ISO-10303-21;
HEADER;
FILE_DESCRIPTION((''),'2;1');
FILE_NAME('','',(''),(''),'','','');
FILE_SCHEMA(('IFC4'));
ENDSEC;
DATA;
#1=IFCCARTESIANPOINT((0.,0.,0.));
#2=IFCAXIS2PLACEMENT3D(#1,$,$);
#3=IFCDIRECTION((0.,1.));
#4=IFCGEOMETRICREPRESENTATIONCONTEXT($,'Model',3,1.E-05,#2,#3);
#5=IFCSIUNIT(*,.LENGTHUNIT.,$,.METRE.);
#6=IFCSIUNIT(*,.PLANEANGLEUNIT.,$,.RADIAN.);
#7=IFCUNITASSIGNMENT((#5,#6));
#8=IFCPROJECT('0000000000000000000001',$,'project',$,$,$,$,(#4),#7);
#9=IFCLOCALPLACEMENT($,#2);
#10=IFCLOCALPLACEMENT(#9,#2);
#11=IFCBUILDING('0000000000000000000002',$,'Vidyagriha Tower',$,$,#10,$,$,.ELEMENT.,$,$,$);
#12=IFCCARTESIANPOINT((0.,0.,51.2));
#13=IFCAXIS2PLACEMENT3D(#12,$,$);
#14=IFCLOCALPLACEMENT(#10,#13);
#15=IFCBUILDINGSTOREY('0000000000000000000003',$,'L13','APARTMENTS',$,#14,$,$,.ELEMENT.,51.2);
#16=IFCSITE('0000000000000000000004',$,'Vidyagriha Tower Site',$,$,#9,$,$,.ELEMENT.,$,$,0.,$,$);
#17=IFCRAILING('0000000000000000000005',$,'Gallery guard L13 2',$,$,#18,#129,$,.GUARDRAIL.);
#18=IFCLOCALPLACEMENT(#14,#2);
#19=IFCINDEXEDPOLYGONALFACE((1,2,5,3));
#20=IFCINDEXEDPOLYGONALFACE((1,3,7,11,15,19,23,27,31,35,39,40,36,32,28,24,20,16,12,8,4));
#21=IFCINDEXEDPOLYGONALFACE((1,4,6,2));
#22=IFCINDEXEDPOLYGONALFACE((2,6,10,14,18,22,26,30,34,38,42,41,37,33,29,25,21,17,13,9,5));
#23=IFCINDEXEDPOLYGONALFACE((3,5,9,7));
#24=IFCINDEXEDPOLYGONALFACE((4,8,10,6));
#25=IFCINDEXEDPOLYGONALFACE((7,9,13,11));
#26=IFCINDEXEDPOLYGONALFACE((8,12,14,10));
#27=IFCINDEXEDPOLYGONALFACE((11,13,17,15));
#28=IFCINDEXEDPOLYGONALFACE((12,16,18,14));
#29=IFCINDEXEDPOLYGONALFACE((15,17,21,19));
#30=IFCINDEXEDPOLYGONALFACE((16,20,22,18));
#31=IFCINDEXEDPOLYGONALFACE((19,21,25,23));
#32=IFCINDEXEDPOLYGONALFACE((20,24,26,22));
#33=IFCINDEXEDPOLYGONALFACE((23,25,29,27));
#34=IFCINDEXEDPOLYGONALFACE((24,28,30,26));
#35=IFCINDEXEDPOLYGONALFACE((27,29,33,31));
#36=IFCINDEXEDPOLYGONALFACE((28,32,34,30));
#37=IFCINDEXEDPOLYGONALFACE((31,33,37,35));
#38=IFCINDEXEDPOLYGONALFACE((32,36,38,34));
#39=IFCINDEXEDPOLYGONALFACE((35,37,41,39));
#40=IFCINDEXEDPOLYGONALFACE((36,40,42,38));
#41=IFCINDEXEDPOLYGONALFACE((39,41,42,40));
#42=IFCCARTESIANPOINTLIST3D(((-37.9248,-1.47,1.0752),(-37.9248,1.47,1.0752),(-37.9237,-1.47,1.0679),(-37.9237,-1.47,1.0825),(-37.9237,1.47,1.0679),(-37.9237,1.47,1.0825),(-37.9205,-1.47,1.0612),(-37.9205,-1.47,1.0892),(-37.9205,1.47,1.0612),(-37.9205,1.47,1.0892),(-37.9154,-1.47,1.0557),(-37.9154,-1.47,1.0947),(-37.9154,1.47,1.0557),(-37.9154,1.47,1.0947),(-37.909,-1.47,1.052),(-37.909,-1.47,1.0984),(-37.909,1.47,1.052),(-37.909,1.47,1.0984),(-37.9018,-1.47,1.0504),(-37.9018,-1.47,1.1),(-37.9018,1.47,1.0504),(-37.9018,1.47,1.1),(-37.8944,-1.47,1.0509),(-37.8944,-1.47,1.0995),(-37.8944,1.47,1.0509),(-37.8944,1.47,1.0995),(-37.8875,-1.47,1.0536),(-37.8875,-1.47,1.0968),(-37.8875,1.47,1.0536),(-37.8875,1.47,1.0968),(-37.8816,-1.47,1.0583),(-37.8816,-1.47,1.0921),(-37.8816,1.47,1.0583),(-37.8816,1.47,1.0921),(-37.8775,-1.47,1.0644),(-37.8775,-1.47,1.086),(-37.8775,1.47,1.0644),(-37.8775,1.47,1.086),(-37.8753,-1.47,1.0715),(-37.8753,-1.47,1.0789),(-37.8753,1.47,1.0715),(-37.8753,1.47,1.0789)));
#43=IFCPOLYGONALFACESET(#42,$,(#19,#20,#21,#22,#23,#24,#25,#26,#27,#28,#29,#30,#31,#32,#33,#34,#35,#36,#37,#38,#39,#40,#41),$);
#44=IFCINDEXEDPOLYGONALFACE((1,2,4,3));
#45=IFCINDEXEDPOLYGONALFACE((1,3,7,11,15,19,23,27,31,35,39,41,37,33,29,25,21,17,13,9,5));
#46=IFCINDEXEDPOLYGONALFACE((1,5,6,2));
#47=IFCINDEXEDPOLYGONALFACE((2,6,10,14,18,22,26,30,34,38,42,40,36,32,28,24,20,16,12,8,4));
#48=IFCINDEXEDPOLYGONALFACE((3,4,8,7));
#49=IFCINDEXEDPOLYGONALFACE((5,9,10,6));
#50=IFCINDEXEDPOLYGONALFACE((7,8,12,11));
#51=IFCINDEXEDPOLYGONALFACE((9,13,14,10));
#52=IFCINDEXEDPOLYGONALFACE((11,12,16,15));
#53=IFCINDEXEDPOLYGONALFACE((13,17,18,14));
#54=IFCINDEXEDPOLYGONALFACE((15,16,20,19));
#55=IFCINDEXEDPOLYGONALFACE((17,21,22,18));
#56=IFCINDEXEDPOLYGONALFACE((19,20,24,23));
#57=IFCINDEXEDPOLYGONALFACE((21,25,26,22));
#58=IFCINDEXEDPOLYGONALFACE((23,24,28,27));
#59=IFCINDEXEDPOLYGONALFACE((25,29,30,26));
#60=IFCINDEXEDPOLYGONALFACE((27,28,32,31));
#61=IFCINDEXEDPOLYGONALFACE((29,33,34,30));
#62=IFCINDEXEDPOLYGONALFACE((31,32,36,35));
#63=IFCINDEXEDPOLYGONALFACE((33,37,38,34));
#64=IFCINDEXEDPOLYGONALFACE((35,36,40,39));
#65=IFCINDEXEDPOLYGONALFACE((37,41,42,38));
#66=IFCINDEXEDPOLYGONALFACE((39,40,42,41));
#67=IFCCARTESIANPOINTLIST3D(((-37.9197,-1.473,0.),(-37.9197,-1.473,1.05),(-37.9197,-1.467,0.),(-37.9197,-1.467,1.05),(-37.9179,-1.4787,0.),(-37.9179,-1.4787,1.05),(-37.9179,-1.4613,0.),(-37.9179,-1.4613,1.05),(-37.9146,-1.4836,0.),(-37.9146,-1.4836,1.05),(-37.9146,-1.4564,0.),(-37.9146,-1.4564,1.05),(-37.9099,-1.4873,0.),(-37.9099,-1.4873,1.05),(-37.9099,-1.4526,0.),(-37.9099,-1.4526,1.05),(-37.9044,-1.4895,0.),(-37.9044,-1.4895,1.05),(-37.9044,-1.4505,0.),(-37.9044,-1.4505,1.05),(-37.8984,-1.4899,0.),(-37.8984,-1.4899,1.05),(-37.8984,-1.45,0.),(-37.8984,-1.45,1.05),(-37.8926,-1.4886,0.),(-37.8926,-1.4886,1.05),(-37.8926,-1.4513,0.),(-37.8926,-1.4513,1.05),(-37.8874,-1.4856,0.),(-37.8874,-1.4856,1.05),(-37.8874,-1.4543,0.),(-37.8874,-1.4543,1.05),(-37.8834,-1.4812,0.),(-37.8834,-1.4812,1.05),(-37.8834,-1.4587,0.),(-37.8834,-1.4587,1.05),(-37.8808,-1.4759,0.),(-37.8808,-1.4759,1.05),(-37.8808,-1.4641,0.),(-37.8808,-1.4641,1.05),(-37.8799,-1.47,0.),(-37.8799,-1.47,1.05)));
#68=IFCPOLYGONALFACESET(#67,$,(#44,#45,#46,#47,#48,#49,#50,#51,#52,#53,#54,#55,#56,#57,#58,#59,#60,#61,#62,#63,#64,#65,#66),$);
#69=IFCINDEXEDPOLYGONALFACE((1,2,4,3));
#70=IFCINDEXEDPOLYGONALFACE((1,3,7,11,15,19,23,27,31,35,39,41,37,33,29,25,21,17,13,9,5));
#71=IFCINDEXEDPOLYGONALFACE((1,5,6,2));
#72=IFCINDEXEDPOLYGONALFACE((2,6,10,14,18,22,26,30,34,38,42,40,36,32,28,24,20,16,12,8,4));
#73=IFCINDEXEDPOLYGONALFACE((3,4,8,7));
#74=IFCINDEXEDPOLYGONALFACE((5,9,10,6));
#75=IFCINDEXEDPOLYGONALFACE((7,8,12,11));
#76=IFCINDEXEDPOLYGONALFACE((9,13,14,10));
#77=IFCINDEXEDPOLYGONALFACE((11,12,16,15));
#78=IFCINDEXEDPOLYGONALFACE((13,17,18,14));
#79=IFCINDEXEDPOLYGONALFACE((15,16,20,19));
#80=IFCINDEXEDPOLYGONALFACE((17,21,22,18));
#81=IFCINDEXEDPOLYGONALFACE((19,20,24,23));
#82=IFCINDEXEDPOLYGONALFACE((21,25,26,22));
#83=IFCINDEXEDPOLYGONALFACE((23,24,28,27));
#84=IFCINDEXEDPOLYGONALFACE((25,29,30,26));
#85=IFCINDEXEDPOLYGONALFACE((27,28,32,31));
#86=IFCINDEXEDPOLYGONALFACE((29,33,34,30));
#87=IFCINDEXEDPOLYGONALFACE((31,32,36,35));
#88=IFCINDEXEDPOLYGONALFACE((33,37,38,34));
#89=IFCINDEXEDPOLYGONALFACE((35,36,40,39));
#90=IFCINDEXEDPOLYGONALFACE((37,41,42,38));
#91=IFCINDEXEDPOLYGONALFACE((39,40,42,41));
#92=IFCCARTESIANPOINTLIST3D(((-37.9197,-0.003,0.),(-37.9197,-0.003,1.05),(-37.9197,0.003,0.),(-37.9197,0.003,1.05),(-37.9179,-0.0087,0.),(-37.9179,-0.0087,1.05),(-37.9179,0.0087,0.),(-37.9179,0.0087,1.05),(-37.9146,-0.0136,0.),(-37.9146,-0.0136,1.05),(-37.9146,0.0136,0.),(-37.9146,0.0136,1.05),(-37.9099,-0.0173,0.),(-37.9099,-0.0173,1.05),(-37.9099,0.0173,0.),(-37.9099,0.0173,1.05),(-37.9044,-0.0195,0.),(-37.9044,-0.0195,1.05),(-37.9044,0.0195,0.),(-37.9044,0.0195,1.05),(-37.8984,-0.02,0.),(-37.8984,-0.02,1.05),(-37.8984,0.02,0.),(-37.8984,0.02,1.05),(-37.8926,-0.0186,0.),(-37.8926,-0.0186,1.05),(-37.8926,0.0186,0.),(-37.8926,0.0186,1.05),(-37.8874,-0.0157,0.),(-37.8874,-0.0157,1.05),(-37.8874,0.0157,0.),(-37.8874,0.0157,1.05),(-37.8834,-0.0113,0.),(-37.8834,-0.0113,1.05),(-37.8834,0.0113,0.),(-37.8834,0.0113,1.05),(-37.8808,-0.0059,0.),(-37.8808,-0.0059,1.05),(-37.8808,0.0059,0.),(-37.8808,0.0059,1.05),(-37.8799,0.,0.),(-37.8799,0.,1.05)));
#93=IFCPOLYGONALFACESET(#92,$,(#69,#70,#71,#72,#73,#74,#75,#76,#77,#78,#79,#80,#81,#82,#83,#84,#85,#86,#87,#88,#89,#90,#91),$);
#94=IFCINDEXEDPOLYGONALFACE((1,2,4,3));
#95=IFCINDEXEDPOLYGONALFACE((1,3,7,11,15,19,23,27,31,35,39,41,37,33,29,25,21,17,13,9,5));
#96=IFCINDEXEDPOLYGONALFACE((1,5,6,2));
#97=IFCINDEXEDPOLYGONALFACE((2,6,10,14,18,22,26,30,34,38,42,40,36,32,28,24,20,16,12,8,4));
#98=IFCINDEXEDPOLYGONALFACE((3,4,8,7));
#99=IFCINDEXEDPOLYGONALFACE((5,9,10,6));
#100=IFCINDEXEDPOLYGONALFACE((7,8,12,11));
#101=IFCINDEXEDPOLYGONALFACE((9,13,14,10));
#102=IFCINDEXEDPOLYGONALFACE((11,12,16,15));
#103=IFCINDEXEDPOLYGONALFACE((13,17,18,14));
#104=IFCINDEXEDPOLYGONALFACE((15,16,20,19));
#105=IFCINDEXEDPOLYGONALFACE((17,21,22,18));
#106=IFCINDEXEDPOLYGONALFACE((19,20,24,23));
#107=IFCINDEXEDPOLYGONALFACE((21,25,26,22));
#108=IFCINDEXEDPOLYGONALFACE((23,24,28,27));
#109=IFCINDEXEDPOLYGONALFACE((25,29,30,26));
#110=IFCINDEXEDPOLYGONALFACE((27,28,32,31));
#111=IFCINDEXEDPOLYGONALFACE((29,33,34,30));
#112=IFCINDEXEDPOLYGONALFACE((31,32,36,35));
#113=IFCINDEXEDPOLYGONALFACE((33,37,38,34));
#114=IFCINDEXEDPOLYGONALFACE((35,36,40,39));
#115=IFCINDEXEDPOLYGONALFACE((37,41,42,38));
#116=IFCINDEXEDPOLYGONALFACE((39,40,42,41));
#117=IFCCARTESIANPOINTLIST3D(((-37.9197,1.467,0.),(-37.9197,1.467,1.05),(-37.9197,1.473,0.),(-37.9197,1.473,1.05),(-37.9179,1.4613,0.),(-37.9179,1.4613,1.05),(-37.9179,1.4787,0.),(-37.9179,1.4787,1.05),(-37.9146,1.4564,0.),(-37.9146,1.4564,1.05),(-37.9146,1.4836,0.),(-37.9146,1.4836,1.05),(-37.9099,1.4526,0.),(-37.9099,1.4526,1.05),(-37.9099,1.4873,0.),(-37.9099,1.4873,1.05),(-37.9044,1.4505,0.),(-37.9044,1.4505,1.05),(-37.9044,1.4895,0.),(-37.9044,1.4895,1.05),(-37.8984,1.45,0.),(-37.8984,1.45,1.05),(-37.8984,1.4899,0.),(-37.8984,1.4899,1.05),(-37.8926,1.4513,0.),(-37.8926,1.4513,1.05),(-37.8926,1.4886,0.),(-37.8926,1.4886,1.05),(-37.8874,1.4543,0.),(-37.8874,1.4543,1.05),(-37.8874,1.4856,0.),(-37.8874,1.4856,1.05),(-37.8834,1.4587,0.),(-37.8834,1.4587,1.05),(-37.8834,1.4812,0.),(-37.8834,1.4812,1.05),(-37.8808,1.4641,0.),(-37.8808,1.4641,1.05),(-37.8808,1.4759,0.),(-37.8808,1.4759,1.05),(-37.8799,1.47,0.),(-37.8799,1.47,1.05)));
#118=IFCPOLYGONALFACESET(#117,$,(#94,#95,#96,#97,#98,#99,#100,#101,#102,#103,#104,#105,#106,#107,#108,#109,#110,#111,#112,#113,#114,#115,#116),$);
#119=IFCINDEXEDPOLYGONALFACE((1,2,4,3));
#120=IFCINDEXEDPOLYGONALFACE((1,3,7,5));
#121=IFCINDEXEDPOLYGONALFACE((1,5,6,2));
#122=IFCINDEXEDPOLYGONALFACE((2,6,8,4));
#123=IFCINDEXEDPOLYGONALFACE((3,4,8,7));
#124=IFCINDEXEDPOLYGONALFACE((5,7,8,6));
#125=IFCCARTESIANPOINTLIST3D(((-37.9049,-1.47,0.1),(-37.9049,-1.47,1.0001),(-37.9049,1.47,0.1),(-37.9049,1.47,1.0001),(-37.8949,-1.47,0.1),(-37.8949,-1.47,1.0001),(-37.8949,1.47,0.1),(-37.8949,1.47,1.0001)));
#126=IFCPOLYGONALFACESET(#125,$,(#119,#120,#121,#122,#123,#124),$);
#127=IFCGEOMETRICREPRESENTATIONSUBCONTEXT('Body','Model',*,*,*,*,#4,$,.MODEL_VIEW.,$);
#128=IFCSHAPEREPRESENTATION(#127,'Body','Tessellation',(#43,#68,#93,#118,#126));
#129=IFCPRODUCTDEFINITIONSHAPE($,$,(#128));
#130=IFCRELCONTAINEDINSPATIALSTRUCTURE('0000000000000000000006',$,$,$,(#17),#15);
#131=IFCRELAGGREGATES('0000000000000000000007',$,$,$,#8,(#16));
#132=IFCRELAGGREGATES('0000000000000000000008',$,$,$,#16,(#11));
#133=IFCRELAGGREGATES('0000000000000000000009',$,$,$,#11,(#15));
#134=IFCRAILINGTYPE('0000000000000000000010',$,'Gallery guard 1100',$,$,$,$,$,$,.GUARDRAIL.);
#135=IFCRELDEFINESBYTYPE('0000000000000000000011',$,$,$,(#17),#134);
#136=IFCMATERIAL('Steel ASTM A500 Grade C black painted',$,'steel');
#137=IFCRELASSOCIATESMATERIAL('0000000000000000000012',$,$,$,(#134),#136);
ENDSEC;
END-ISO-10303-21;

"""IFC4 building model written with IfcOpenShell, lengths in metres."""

from ifc_helpers import new_model, si_unit, direction, frame, origin, origin_2d, place, context, subcontext, project, spatial, rectangle, circle, extrude, material, type_object, element, save


model = new_model("IFC4")

# Units and contexts
model_context = context("Model", 3, precision=1e-05, world=origin(), true_north=direction((0.0, 1.0)))
body_context = subcontext(model_context, "Body", "Model", "MODEL_VIEW")
ifc_project = project(units=[si_unit("LENGTHUNIT", "METRE"), si_unit("PLANEANGLEUNIT", "RADIAN")], contexts=[model_context])

# Site, building, storey
site_placement = place(None, origin())
site = spatial("IfcSite", under=ifc_project, at=site_placement, Name="Vidyagriha Tower Site", CompositionType="ELEMENT", RefElevation=0.0)
building_placement = place(site_placement, origin())
building = spatial("IfcBuilding", under=site, at=building_placement, Name="Vidyagriha Tower", CompositionType="ELEMENT")
storey_placement = place(building_placement, frame((0.0, 0.0, 51.2)))
storey = spatial("IfcBuildingStorey", under=building, at=storey_placement, Name="L13", Description="APARTMENTS", CompositionType="ELEMENT", Elevation=51.2)

# Railing
ifc_material_1 = material(Name="Steel ASTM A500 Grade C black painted", Category="steel")
railing_type_1 = type_object("IfcRailingType", Name="Gallery guard 1100", PredefinedType="GUARDRAIL", material=ifc_material_1)
railing_1_placement = place(storey_placement, frame((-37.8999, -1.47, 0.0)))
element("IfcRailing", 1, at=railing_1_placement, inside=storey, type_object=railing_type_1, Name="Gallery guard L13 2", PredefinedType="GUARDRAIL", context=body_context, shape_type="SweptSolid", body=[
    extrude(circle(Radius=0.0249, at=origin_2d()), frame((0.0, 0.0, 1.0752), z_axis=(0.0, 1.0, 0.0), x_axis=(-1.0, 0.0, 0.0)), (0.0, 0.0, 1.0), 2.9399),
    extrude(circle(Radius=0.02, at=origin_2d()), origin(), (0.0, 0.0, 1.0), 1.05),
    extrude(circle(Radius=0.02, at=origin_2d()), frame((0.0, 1.47, 0.0)), (0.0, 0.0, 1.0), 1.05),
    extrude(circle(Radius=0.02, at=origin_2d()), frame((0.0, 2.9399, 0.0)), (0.0, 0.0, 1.0), 1.05),
    extrude(rectangle(XDim=0.01, YDim=0.9001, at=origin_2d()), frame((0.0, 0.0, 0.55), z_axis=(0.0, 1.0, 0.0), x_axis=(-1.0, 0.0, 0.0)), (0.0, 0.0, 1.0), 2.9399),
])

save(model, "model.ifc")
